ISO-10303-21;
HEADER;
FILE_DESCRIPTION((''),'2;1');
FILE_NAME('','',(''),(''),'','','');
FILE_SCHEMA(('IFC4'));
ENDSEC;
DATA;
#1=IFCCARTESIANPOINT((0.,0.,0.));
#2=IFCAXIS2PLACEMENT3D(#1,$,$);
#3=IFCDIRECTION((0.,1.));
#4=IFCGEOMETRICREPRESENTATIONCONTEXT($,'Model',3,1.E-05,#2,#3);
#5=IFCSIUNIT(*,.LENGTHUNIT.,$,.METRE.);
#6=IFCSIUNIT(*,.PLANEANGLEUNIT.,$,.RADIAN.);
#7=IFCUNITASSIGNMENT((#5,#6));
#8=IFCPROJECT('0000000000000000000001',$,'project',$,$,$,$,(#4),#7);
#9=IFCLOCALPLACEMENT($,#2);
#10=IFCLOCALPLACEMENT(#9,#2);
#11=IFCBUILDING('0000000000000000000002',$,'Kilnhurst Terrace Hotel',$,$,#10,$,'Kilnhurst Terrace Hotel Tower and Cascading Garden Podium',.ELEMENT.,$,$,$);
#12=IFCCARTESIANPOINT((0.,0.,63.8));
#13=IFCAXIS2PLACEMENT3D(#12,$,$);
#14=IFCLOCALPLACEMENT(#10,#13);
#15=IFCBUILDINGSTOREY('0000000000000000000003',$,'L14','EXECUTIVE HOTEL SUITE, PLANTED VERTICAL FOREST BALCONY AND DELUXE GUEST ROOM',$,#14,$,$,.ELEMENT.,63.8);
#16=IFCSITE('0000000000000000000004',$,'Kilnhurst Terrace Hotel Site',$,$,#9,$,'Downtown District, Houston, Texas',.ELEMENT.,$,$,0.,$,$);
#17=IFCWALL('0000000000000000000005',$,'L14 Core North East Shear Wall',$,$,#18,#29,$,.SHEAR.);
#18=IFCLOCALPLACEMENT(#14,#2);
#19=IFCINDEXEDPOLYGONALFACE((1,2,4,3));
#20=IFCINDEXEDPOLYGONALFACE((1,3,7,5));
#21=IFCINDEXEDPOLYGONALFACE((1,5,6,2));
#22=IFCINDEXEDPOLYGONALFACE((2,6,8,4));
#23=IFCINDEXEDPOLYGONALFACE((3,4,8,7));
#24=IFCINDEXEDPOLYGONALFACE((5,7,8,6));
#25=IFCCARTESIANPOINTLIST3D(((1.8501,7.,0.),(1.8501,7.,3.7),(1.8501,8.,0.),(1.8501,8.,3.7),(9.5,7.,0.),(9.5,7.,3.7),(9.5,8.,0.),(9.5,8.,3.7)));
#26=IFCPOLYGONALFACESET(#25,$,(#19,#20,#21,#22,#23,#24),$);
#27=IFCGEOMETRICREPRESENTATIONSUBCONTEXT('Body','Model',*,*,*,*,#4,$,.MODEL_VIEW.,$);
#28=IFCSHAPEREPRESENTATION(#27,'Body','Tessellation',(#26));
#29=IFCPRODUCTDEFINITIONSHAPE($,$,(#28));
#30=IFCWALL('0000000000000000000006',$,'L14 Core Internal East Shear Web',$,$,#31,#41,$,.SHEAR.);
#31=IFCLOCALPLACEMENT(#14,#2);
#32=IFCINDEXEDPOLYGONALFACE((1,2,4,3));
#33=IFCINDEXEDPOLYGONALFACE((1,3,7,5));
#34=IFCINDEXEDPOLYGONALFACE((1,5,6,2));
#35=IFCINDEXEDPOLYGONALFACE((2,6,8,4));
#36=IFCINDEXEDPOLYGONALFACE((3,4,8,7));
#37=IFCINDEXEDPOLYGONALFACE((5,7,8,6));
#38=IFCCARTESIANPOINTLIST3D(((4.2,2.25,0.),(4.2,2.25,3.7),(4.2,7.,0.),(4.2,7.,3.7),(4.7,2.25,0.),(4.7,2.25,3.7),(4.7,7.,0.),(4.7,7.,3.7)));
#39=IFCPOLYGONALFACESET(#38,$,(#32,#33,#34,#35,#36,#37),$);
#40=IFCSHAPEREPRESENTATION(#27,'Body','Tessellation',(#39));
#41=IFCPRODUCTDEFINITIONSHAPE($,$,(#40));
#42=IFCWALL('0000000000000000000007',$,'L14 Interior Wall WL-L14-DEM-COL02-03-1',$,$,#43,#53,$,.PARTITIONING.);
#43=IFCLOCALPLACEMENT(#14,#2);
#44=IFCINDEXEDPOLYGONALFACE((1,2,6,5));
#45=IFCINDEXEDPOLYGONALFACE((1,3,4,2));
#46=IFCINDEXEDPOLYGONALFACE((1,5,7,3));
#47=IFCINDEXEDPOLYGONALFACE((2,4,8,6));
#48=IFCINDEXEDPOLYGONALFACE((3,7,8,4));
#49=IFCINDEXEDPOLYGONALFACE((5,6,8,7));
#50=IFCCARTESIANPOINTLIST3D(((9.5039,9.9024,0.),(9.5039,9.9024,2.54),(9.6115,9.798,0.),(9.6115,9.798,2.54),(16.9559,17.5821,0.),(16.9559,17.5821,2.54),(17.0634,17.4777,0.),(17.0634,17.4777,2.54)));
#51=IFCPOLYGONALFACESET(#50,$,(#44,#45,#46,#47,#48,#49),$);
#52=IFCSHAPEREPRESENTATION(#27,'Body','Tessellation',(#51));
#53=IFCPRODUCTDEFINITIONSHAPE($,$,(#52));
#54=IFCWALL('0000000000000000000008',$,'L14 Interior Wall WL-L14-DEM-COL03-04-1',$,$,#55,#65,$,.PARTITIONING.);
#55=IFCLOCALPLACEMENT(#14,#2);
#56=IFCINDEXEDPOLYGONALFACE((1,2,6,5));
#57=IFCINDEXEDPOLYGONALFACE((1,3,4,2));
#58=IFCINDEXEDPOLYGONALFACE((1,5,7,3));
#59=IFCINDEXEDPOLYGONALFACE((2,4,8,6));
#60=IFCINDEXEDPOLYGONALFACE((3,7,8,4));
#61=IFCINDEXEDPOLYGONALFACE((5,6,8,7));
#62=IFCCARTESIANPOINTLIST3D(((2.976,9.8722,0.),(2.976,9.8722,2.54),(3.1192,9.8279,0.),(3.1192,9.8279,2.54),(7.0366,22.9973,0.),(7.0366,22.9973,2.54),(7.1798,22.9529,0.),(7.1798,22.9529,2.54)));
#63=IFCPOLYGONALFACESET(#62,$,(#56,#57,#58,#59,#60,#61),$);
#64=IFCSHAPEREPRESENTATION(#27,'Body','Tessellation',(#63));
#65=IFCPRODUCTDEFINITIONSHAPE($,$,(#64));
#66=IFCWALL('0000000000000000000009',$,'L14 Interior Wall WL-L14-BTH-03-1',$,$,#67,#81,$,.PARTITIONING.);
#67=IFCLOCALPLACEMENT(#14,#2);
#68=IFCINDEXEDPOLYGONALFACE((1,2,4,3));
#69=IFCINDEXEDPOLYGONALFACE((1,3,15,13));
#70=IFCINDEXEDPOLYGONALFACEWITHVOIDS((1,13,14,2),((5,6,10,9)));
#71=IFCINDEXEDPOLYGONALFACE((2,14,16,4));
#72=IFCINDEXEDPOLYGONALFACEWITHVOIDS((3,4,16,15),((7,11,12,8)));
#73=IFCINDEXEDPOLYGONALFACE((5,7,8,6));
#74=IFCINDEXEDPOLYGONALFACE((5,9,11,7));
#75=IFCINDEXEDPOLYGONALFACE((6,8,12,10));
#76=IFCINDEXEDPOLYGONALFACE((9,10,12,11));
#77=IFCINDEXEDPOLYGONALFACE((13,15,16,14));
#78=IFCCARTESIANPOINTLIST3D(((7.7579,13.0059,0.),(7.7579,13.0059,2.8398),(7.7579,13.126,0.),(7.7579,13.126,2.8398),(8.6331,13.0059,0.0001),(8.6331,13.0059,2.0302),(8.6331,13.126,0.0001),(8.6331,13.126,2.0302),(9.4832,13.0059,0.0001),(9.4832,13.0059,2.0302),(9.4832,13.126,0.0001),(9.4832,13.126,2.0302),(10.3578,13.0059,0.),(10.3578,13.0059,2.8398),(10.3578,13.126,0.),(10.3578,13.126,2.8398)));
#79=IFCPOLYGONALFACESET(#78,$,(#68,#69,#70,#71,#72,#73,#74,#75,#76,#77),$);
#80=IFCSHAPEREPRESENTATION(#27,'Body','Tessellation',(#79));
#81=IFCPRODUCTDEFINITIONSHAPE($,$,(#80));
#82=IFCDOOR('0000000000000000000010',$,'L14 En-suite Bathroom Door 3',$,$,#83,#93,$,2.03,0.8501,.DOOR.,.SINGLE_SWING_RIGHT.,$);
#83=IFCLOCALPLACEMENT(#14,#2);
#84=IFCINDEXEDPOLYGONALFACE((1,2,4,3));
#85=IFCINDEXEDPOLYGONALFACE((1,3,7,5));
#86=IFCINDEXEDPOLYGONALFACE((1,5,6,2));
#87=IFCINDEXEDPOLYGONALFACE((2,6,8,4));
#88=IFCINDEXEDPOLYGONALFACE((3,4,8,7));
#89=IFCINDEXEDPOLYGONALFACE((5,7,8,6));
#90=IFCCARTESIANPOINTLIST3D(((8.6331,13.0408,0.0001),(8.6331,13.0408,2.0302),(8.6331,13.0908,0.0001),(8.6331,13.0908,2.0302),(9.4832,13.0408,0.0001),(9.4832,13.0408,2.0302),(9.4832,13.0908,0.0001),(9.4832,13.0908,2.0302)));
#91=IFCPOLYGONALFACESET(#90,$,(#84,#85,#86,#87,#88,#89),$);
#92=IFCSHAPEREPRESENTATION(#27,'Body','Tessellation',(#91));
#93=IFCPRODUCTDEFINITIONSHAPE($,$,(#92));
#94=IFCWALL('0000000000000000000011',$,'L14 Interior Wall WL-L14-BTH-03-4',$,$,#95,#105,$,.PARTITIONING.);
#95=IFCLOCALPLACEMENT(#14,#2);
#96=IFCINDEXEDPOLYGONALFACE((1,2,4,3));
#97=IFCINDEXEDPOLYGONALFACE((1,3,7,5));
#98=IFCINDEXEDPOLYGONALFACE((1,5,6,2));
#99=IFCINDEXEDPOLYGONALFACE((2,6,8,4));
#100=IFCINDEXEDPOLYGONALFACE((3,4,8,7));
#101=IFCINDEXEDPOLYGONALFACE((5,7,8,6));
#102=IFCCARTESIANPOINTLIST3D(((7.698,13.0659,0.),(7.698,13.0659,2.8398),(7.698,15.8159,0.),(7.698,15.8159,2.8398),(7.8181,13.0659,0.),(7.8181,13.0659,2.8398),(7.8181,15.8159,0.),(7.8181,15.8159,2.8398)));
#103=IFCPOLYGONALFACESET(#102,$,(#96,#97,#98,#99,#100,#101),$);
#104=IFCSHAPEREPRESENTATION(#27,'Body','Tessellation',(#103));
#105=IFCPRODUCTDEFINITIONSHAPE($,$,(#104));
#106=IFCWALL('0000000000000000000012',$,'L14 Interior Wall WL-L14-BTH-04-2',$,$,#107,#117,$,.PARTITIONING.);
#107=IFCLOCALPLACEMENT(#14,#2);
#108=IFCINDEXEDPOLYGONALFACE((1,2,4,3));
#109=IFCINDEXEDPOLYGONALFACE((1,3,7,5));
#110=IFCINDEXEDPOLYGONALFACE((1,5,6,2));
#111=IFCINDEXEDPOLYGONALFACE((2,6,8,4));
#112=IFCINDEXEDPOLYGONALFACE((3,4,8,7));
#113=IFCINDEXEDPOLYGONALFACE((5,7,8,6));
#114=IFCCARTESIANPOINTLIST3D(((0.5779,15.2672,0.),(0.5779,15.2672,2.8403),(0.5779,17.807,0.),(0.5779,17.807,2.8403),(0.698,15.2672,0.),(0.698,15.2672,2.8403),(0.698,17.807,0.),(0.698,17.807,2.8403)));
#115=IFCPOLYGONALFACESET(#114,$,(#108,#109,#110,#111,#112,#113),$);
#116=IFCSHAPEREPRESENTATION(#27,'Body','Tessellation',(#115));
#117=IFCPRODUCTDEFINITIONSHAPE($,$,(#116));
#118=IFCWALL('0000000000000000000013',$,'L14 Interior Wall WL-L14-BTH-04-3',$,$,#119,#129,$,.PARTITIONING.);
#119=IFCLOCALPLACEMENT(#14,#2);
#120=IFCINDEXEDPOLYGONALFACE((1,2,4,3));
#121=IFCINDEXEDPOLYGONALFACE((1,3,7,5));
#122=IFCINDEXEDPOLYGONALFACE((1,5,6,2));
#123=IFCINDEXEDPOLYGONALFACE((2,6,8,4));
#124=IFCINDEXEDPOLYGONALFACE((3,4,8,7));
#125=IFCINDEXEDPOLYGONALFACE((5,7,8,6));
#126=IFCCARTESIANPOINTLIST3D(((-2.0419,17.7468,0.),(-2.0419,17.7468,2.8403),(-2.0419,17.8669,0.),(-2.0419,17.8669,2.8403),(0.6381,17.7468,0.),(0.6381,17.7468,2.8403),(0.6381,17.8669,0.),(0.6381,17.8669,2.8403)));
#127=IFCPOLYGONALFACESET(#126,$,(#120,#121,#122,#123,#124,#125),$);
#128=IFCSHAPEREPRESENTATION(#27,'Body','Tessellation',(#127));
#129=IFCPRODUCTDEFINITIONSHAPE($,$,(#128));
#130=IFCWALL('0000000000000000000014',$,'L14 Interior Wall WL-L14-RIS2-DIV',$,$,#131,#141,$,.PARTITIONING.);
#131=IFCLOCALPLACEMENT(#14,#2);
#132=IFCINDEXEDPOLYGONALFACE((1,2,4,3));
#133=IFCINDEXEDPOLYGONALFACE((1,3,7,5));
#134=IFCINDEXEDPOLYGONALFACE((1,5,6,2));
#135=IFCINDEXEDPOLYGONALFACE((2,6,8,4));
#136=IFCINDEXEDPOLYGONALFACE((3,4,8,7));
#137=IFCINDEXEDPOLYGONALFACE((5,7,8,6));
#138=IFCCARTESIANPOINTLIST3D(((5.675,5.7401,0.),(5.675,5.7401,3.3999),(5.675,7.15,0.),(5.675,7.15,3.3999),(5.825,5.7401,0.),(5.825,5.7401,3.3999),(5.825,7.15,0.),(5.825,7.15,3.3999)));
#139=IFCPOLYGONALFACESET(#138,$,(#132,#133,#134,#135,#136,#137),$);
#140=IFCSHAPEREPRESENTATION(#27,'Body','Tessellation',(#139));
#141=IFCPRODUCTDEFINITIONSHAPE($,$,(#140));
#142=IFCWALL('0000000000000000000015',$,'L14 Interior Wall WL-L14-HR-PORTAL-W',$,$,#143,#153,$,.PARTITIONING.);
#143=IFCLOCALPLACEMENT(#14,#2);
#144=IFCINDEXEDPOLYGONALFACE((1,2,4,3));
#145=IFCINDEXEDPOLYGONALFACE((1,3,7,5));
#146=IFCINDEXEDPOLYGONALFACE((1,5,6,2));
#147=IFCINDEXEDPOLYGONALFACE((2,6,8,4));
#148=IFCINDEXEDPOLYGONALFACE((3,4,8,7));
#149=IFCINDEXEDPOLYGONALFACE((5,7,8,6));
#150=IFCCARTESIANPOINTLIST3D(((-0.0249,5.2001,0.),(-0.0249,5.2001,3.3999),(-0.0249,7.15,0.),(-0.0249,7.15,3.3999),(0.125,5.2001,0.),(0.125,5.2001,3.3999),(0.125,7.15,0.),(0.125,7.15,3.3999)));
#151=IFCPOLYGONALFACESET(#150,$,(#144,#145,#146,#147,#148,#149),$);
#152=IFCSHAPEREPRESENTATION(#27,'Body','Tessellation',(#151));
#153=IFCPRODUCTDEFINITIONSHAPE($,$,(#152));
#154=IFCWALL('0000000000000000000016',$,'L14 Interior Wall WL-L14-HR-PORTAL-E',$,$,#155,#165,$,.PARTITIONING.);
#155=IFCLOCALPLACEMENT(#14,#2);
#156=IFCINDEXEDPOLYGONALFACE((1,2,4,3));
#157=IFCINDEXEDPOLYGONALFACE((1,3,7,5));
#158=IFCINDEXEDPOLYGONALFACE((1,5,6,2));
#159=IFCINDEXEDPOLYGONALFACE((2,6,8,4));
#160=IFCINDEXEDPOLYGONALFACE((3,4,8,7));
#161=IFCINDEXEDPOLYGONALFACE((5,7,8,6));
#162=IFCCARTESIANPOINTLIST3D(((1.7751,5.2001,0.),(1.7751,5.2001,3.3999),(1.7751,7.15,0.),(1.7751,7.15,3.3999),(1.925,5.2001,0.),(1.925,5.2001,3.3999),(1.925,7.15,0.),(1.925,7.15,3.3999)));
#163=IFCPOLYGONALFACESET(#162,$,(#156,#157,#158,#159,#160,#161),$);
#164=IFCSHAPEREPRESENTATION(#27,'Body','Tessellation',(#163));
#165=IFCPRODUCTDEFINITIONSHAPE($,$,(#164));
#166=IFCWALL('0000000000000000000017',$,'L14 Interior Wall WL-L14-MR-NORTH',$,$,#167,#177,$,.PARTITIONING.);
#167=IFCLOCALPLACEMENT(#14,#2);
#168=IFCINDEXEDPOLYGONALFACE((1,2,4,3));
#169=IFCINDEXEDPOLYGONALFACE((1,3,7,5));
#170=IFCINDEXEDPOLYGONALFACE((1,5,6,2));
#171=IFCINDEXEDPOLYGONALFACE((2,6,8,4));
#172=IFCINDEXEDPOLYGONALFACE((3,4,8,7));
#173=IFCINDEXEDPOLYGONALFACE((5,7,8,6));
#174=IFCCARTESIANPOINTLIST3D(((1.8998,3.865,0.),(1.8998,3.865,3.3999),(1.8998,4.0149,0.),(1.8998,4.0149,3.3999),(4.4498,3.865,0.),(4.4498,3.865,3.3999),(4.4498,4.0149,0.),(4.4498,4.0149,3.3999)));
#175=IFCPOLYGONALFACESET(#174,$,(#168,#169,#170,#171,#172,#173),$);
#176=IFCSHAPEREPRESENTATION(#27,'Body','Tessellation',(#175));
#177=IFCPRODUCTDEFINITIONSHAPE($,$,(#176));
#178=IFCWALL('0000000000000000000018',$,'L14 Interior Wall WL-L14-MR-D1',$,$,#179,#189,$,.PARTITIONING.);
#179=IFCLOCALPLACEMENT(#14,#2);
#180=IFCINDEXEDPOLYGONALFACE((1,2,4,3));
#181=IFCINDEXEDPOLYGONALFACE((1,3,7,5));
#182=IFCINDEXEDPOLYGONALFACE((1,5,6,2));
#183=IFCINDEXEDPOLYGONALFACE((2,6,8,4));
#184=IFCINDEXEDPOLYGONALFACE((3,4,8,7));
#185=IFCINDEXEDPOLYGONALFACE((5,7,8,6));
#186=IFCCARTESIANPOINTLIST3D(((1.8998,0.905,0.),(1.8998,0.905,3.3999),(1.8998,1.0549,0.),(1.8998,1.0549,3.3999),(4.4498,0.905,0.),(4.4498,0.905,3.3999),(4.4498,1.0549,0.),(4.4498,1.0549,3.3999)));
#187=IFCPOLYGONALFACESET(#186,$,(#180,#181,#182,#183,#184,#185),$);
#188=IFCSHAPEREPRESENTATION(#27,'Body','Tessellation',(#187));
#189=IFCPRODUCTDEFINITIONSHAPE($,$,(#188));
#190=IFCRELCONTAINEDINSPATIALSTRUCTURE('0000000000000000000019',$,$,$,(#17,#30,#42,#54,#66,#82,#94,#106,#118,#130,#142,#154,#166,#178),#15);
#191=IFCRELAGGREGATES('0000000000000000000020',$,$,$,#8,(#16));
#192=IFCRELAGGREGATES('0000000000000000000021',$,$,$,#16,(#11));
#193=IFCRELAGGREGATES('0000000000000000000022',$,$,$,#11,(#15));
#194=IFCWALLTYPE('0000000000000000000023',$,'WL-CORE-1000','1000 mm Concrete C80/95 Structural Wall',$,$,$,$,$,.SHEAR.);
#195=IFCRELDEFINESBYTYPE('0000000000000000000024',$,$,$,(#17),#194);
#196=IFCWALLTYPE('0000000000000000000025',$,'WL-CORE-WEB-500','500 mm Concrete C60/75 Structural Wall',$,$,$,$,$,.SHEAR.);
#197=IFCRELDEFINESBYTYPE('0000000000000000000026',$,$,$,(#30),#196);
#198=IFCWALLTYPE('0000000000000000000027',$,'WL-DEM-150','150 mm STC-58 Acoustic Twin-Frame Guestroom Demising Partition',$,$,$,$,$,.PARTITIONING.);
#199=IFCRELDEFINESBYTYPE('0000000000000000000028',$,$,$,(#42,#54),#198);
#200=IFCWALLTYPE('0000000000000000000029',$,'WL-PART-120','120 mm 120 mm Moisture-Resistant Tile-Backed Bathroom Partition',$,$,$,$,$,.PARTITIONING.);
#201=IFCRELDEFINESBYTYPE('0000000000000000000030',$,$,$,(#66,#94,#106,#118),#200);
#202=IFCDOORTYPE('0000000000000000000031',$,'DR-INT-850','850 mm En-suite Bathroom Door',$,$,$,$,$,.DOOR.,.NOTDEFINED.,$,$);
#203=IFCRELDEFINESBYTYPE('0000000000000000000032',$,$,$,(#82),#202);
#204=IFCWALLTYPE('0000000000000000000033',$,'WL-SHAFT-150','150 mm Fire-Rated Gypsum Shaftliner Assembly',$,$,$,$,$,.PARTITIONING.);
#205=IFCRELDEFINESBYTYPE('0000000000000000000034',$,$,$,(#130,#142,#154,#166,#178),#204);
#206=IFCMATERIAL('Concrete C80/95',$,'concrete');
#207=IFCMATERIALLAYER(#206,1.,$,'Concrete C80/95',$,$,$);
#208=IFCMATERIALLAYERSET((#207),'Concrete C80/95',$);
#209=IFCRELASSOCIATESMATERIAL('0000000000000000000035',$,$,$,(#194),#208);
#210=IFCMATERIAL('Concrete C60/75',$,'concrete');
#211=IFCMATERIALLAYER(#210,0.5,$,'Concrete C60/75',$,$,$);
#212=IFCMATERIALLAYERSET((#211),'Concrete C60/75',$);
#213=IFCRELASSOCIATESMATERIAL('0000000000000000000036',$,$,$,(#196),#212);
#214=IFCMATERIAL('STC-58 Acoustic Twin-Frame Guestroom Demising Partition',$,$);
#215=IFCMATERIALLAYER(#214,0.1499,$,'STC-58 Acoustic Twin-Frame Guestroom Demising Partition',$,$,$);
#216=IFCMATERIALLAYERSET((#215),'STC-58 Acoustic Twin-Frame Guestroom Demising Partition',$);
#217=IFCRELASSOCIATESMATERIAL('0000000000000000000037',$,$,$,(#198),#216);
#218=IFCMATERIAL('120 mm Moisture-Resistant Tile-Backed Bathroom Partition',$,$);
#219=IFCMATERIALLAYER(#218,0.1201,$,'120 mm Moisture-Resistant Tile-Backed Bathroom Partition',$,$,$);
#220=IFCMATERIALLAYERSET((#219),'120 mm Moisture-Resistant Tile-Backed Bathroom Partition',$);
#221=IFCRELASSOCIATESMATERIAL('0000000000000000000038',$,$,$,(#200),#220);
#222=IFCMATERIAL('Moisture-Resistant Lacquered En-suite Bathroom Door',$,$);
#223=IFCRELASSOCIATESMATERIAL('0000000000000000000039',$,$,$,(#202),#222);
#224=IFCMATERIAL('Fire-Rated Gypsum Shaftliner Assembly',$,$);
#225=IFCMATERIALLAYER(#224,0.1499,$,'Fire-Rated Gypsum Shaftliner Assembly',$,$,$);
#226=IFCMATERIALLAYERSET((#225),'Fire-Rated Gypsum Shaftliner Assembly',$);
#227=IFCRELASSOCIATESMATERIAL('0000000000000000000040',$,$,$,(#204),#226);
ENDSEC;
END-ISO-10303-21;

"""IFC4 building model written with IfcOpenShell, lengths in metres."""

from ifc_helpers import new_model, si_unit, direction, frame, frame_2d, origin, place, context, subcontext, project, spatial, rectangle, extrude, material, layer, layer_set, type_object, element, fill, save


model = new_model("IFC4")

# Units and contexts
model_context = context("Model", 3, precision=1e-05, world=origin(), true_north=direction((0.0, 1.0)))
body_context = subcontext(model_context, "Body", "Model", "MODEL_VIEW")
ifc_project = project(units=[si_unit("LENGTHUNIT", "METRE"), si_unit("PLANEANGLEUNIT", "RADIAN")], contexts=[model_context])

# Site, building, storey
site_placement = place(None, origin())
site = spatial("IfcSite", under=ifc_project, at=site_placement, Name="Kilnhurst Terrace Hotel Site", LongName="Downtown District, Houston, Texas", CompositionType="ELEMENT", RefElevation=0.0)
building_placement = place(site_placement, origin())
building = spatial("IfcBuilding", under=site, at=building_placement, Name="Kilnhurst Terrace Hotel", LongName="Kilnhurst Terrace Hotel Tower and Cascading Garden Podium", CompositionType="ELEMENT")
storey_placement = place(building_placement, frame((0.0, 0.0, 63.8)))
storey = spatial("IfcBuildingStorey", under=building, at=storey_placement, Name="L14", Description="EXECUTIVE HOTEL SUITE, PLANTED VERTICAL FOREST BALCONY AND DELUXE GUEST ROOM", CompositionType="ELEMENT", Elevation=63.8)

# Shared definitions
ifc_material_1 = material(Name="Concrete C80/95", Category="concrete")

# Walls
ifc_layer_1 = layer(ifc_material_1, 1.0, Name="Concrete C80/95")
ifc_layer_set_1 = layer_set([ifc_layer_1], Name="Concrete C80/95")
wall_type_1 = type_object("IfcWallType", Name="WL-CORE-1000", Description="1000 mm Concrete C80/95 Structural Wall", PredefinedType="SHEAR", material=ifc_layer_set_1)
wall_1_placement = place(storey_placement, frame((1.8501, 7.5, 0.0), z_axis=(0.0, 0.0, 1.0), x_axis=(1.0, 0.0, 0.0)))
element("IfcWall", 1, at=wall_1_placement, inside=storey, type_object=wall_type_1, Name="L14 Core North East Shear Wall", PredefinedType="SHEAR", context=body_context, shape_type="SweptSolid", body=[
    extrude(rectangle(XDim=7.6499, YDim=1.0, at=frame_2d((3.825, 0.0))), origin(), (0.0, 0.0, 1.0), 3.7),
])
ifc_material_2 = material(Name="Concrete C60/75", Category="concrete")
ifc_layer_2 = layer(ifc_material_2, 0.5, Name="Concrete C60/75")
ifc_layer_set_2 = layer_set([ifc_layer_2], Name="Concrete C60/75")
wall_type_2 = type_object("IfcWallType", Name="WL-CORE-WEB-500", Description="500 mm Concrete C60/75 Structural Wall", PredefinedType="SHEAR", material=ifc_layer_set_2)
wall_2_placement = place(storey_placement, frame((4.45, 2.25, 0.0), z_axis=(0.0, 0.0, 1.0), x_axis=(0.0, 1.0, 0.0)))
element("IfcWall", 2, at=wall_2_placement, inside=storey, type_object=wall_type_2, Name="L14 Core Internal East Shear Web", PredefinedType="SHEAR", context=body_context, shape_type="SweptSolid", body=[
    extrude(rectangle(XDim=4.75, YDim=0.5, at=frame_2d((2.375, 0.0))), origin(), (0.0, 0.0, 1.0), 3.7),
])
ifc_material_3 = material(Name="STC-58 Acoustic Twin-Frame Guestroom Demising Partition")
ifc_layer_3 = layer(ifc_material_3, 0.1499, Name="STC-58 Acoustic Twin-Frame Guestroom Demising Partition")
ifc_layer_set_3 = layer_set([ifc_layer_3], Name="STC-58 Acoustic Twin-Frame Guestroom Demising Partition")
wall_type_3 = type_object("IfcWallType", Name="WL-DEM-150", Description="150 mm STC-58 Acoustic Twin-Frame Guestroom Demising Partition", PredefinedType="PARTITIONING", material=ifc_layer_set_3)
wall_3_placement = place(storey_placement, frame((9.5576, 9.8501, 0.0), z_axis=(0.0, 0.0, 1.0), x_axis=(0.696383, 0.71767, 0.0)))
element("IfcWall", 3, at=wall_3_placement, inside=storey, type_object=wall_type_3, Name="L14 Interior Wall WL-L14-DEM-COL02-03-1", PredefinedType="PARTITIONING", context=body_context, shape_type="SweptSolid", body=[
    extrude(rectangle(XDim=10.7009, YDim=0.1499, at=frame_2d((5.3506, 0.0))), origin(), (0.0, 0.0, 1.0), 2.54),
])
wall_4_placement = place(storey_placement, frame((3.0476, 9.8501, 0.0), z_axis=(0.0, 0.0, 1.0), x_axis=(0.295554, 0.955326, 0.0)))
element("IfcWall", 4, at=wall_4_placement, inside=storey, type_object=wall_type_3, Name="L14 Interior Wall WL-L14-DEM-COL03-04-1", PredefinedType="PARTITIONING", context=body_context, shape_type="SweptSolid", body=[
    extrude(rectangle(XDim=13.7388, YDim=0.1499, at=frame_2d((6.8694, 0.0))), origin(), (0.0, 0.0, 1.0), 2.54),
])

# Wall, opening, door
ifc_material_4 = material(Name="120 mm Moisture-Resistant Tile-Backed Bathroom Partition")
ifc_layer_4 = layer(ifc_material_4, 0.1201, Name="120 mm Moisture-Resistant Tile-Backed Bathroom Partition")
ifc_layer_set_4 = layer_set([ifc_layer_4], Name="120 mm Moisture-Resistant Tile-Backed Bathroom Partition")
wall_type_4 = type_object("IfcWallType", Name="WL-PART-120", Description="120 mm 120 mm Moisture-Resistant Tile-Backed Bathroom Partition", PredefinedType="PARTITIONING", material=ifc_layer_set_4)
wall_5_placement = place(storey_placement, frame((7.7581, 13.0659, 0.0), z_axis=(0.0, 0.0, 1.0), x_axis=(1.0, 0.0, 0.0)))
wall_5 = element("IfcWall", 5, at=wall_5_placement, inside=storey, type_object=wall_type_4, Name="L14 Interior Wall WL-L14-BTH-03-1", PredefinedType="PARTITIONING", context=body_context, shape_type="SweptSolid", body=[
    extrude(rectangle(XDim=2.5999, YDim=0.1201, at=frame_2d((1.2998, 0.0))), origin(), (0.0, 0.0, 1.0), 2.8398),
])
opening_1_placement = place(wall_5_placement, frame((0.875, 0.0, 0.0)))
opening_1 = element("IfcOpeningElement", 6, at=opening_1_placement, cuts=wall_5, PredefinedType="OPENING", context=body_context, shape_type="SweptSolid", body=[
    extrude(rectangle(XDim=0.8501, YDim=2.03, at=frame_2d((0.425, 1.0151))), frame((0.0, 0.0701, 0.0), z_axis=(0.0, -1.0, 0.0), x_axis=(1.0, 0.0, 0.0)), (0.0, 0.0, 1.0), 0.1401),
])
ifc_material_5 = material(Name="Moisture-Resistant Lacquered En-suite Bathroom Door")
door_type_1 = type_object("IfcDoorType", Name="DR-INT-850", Description="850 mm En-suite Bathroom Door", OperationType="NOTDEFINED", PredefinedType="DOOR", material=ifc_material_5)
door_1_placement = place(opening_1_placement, origin())
door_1 = element("IfcDoor", 7, at=door_1_placement, inside=storey, type_object=door_type_1, Name="L14 En-suite Bathroom Door 3", OperationType="SINGLE_SWING_RIGHT", OverallHeight=2.03, OverallWidth=0.8501, PredefinedType="DOOR", context=body_context, shape_type="SweptSolid", body=[
    extrude(rectangle(XDim=0.8501, YDim=2.03, at=frame_2d((0.425, 1.0151))), frame((0.0, 0.0249, 0.0), z_axis=(0.0, -1.0, 0.0), x_axis=(1.0, 0.0, 0.0)), (0.0, 0.0, 1.0), 0.05),
])
fill(opening_1, door_1)

# Walls
wall_6_placement = place(storey_placement, frame((7.7581, 15.8159, 0.0), z_axis=(0.0, 0.0, 1.0), x_axis=(0.0, -1.0, 0.0)))
element("IfcWall", 8, at=wall_6_placement, inside=storey, type_object=wall_type_4, Name="L14 Interior Wall WL-L14-BTH-03-4", PredefinedType="PARTITIONING", context=body_context, shape_type="SweptSolid", body=[
    extrude(rectangle(XDim=2.75, YDim=0.1201, at=frame_2d((1.375, 0.0))), origin(), (0.0, 0.0, 1.0), 2.8398),
])
wall_7_placement = place(storey_placement, frame((0.6379, 15.2671, 0.0), z_axis=(0.0, 0.0, 1.0), x_axis=(0.0, 1.0, 0.0)))
element("IfcWall", 9, at=wall_7_placement, inside=storey, type_object=wall_type_4, Name="L14 Interior Wall WL-L14-BTH-04-2", PredefinedType="PARTITIONING", context=body_context, shape_type="SweptSolid", body=[
    extrude(rectangle(XDim=2.5398, YDim=0.1201, at=frame_2d((1.27, 0.0))), origin(), (0.0, 0.0, 1.0), 2.8403),
])
wall_8_placement = place(storey_placement, frame((0.6379, 17.8069, 0.0), z_axis=(0.0, 0.0, 1.0), x_axis=(-1.0, 0.0, 0.0)))
element("IfcWall", 10, at=wall_8_placement, inside=storey, type_object=wall_type_4, Name="L14 Interior Wall WL-L14-BTH-04-3", PredefinedType="PARTITIONING", context=body_context, shape_type="SweptSolid", body=[
    extrude(rectangle(XDim=2.6799, YDim=0.1201, at=frame_2d((1.3398, 0.0))), origin(), (0.0, 0.0, 1.0), 2.8403),
])
ifc_material_6 = material(Name="Fire-Rated Gypsum Shaftliner Assembly")
ifc_layer_5 = layer(ifc_material_6, 0.1499, Name="Fire-Rated Gypsum Shaftliner Assembly")
ifc_layer_set_5 = layer_set([ifc_layer_5], Name="Fire-Rated Gypsum Shaftliner Assembly")
wall_type_5 = type_object("IfcWallType", Name="WL-SHAFT-150", Description="150 mm Fire-Rated Gypsum Shaftliner Assembly", PredefinedType="PARTITIONING", material=ifc_layer_set_5)
wall_9_placement = place(storey_placement, frame((5.75, 5.74, 0.0), z_axis=(0.0, 0.0, 1.0), x_axis=(0.0, 1.0, 0.0)))
element("IfcWall", 11, at=wall_9_placement, inside=storey, type_object=wall_type_5, Name="L14 Interior Wall WL-L14-RIS2-DIV", PredefinedType="PARTITIONING", context=body_context, shape_type="SweptSolid", body=[
    extrude(rectangle(XDim=1.4099, YDim=0.1499, at=frame_2d((0.7051, 0.0))), origin(), (0.0, 0.0, 1.0), 3.3999),
])
for number, where, z_axis, x_axis, name in (
    (12, (0.05, 5.2, 0.0), (0.0, 0.0, 1.0), (0.0, 1.0, 0.0), "L14 Interior Wall WL-L14-HR-PORTAL-W"),
    (13, (1.8501, 5.2, 0.0), (0.0, 0.0, 1.0), (0.0, 1.0, 0.0), "L14 Interior Wall WL-L14-HR-PORTAL-E"),
):
    element("IfcWall", number, at=place(storey_placement, frame(where, z_axis=z_axis, x_axis=x_axis)), inside=storey, type_object=wall_type_5, Name=name, PredefinedType="PARTITIONING", context=body_context, shape_type="SweptSolid", body=[
        extrude(rectangle(XDim=1.95, YDim=0.1499, at=frame_2d((0.9751, 0.0))), origin(), (0.0, 0.0, 1.0), 3.3999),
    ])
for number, where, z_axis, x_axis, name in (
    (14, (1.8999, 3.9399, 0.0), (0.0, 0.0, 1.0), (1.0, 0.0, 0.0), "L14 Interior Wall WL-L14-MR-NORTH"),
    (15, (1.8999, 0.98, 0.0), (0.0, 0.0, 1.0), (1.0, 0.0, 0.0), "L14 Interior Wall WL-L14-MR-D1"),
):
    element("IfcWall", number, at=place(storey_placement, frame(where, z_axis=z_axis, x_axis=x_axis)), inside=storey, type_object=wall_type_5, Name=name, PredefinedType="PARTITIONING", context=body_context, shape_type="SweptSolid", body=[
        extrude(rectangle(XDim=2.55, YDim=0.1499, at=frame_2d((1.2749, 0.0))), origin(), (0.0, 0.0, 1.0), 3.3999),
    ])

save(model, "model.ifc")
